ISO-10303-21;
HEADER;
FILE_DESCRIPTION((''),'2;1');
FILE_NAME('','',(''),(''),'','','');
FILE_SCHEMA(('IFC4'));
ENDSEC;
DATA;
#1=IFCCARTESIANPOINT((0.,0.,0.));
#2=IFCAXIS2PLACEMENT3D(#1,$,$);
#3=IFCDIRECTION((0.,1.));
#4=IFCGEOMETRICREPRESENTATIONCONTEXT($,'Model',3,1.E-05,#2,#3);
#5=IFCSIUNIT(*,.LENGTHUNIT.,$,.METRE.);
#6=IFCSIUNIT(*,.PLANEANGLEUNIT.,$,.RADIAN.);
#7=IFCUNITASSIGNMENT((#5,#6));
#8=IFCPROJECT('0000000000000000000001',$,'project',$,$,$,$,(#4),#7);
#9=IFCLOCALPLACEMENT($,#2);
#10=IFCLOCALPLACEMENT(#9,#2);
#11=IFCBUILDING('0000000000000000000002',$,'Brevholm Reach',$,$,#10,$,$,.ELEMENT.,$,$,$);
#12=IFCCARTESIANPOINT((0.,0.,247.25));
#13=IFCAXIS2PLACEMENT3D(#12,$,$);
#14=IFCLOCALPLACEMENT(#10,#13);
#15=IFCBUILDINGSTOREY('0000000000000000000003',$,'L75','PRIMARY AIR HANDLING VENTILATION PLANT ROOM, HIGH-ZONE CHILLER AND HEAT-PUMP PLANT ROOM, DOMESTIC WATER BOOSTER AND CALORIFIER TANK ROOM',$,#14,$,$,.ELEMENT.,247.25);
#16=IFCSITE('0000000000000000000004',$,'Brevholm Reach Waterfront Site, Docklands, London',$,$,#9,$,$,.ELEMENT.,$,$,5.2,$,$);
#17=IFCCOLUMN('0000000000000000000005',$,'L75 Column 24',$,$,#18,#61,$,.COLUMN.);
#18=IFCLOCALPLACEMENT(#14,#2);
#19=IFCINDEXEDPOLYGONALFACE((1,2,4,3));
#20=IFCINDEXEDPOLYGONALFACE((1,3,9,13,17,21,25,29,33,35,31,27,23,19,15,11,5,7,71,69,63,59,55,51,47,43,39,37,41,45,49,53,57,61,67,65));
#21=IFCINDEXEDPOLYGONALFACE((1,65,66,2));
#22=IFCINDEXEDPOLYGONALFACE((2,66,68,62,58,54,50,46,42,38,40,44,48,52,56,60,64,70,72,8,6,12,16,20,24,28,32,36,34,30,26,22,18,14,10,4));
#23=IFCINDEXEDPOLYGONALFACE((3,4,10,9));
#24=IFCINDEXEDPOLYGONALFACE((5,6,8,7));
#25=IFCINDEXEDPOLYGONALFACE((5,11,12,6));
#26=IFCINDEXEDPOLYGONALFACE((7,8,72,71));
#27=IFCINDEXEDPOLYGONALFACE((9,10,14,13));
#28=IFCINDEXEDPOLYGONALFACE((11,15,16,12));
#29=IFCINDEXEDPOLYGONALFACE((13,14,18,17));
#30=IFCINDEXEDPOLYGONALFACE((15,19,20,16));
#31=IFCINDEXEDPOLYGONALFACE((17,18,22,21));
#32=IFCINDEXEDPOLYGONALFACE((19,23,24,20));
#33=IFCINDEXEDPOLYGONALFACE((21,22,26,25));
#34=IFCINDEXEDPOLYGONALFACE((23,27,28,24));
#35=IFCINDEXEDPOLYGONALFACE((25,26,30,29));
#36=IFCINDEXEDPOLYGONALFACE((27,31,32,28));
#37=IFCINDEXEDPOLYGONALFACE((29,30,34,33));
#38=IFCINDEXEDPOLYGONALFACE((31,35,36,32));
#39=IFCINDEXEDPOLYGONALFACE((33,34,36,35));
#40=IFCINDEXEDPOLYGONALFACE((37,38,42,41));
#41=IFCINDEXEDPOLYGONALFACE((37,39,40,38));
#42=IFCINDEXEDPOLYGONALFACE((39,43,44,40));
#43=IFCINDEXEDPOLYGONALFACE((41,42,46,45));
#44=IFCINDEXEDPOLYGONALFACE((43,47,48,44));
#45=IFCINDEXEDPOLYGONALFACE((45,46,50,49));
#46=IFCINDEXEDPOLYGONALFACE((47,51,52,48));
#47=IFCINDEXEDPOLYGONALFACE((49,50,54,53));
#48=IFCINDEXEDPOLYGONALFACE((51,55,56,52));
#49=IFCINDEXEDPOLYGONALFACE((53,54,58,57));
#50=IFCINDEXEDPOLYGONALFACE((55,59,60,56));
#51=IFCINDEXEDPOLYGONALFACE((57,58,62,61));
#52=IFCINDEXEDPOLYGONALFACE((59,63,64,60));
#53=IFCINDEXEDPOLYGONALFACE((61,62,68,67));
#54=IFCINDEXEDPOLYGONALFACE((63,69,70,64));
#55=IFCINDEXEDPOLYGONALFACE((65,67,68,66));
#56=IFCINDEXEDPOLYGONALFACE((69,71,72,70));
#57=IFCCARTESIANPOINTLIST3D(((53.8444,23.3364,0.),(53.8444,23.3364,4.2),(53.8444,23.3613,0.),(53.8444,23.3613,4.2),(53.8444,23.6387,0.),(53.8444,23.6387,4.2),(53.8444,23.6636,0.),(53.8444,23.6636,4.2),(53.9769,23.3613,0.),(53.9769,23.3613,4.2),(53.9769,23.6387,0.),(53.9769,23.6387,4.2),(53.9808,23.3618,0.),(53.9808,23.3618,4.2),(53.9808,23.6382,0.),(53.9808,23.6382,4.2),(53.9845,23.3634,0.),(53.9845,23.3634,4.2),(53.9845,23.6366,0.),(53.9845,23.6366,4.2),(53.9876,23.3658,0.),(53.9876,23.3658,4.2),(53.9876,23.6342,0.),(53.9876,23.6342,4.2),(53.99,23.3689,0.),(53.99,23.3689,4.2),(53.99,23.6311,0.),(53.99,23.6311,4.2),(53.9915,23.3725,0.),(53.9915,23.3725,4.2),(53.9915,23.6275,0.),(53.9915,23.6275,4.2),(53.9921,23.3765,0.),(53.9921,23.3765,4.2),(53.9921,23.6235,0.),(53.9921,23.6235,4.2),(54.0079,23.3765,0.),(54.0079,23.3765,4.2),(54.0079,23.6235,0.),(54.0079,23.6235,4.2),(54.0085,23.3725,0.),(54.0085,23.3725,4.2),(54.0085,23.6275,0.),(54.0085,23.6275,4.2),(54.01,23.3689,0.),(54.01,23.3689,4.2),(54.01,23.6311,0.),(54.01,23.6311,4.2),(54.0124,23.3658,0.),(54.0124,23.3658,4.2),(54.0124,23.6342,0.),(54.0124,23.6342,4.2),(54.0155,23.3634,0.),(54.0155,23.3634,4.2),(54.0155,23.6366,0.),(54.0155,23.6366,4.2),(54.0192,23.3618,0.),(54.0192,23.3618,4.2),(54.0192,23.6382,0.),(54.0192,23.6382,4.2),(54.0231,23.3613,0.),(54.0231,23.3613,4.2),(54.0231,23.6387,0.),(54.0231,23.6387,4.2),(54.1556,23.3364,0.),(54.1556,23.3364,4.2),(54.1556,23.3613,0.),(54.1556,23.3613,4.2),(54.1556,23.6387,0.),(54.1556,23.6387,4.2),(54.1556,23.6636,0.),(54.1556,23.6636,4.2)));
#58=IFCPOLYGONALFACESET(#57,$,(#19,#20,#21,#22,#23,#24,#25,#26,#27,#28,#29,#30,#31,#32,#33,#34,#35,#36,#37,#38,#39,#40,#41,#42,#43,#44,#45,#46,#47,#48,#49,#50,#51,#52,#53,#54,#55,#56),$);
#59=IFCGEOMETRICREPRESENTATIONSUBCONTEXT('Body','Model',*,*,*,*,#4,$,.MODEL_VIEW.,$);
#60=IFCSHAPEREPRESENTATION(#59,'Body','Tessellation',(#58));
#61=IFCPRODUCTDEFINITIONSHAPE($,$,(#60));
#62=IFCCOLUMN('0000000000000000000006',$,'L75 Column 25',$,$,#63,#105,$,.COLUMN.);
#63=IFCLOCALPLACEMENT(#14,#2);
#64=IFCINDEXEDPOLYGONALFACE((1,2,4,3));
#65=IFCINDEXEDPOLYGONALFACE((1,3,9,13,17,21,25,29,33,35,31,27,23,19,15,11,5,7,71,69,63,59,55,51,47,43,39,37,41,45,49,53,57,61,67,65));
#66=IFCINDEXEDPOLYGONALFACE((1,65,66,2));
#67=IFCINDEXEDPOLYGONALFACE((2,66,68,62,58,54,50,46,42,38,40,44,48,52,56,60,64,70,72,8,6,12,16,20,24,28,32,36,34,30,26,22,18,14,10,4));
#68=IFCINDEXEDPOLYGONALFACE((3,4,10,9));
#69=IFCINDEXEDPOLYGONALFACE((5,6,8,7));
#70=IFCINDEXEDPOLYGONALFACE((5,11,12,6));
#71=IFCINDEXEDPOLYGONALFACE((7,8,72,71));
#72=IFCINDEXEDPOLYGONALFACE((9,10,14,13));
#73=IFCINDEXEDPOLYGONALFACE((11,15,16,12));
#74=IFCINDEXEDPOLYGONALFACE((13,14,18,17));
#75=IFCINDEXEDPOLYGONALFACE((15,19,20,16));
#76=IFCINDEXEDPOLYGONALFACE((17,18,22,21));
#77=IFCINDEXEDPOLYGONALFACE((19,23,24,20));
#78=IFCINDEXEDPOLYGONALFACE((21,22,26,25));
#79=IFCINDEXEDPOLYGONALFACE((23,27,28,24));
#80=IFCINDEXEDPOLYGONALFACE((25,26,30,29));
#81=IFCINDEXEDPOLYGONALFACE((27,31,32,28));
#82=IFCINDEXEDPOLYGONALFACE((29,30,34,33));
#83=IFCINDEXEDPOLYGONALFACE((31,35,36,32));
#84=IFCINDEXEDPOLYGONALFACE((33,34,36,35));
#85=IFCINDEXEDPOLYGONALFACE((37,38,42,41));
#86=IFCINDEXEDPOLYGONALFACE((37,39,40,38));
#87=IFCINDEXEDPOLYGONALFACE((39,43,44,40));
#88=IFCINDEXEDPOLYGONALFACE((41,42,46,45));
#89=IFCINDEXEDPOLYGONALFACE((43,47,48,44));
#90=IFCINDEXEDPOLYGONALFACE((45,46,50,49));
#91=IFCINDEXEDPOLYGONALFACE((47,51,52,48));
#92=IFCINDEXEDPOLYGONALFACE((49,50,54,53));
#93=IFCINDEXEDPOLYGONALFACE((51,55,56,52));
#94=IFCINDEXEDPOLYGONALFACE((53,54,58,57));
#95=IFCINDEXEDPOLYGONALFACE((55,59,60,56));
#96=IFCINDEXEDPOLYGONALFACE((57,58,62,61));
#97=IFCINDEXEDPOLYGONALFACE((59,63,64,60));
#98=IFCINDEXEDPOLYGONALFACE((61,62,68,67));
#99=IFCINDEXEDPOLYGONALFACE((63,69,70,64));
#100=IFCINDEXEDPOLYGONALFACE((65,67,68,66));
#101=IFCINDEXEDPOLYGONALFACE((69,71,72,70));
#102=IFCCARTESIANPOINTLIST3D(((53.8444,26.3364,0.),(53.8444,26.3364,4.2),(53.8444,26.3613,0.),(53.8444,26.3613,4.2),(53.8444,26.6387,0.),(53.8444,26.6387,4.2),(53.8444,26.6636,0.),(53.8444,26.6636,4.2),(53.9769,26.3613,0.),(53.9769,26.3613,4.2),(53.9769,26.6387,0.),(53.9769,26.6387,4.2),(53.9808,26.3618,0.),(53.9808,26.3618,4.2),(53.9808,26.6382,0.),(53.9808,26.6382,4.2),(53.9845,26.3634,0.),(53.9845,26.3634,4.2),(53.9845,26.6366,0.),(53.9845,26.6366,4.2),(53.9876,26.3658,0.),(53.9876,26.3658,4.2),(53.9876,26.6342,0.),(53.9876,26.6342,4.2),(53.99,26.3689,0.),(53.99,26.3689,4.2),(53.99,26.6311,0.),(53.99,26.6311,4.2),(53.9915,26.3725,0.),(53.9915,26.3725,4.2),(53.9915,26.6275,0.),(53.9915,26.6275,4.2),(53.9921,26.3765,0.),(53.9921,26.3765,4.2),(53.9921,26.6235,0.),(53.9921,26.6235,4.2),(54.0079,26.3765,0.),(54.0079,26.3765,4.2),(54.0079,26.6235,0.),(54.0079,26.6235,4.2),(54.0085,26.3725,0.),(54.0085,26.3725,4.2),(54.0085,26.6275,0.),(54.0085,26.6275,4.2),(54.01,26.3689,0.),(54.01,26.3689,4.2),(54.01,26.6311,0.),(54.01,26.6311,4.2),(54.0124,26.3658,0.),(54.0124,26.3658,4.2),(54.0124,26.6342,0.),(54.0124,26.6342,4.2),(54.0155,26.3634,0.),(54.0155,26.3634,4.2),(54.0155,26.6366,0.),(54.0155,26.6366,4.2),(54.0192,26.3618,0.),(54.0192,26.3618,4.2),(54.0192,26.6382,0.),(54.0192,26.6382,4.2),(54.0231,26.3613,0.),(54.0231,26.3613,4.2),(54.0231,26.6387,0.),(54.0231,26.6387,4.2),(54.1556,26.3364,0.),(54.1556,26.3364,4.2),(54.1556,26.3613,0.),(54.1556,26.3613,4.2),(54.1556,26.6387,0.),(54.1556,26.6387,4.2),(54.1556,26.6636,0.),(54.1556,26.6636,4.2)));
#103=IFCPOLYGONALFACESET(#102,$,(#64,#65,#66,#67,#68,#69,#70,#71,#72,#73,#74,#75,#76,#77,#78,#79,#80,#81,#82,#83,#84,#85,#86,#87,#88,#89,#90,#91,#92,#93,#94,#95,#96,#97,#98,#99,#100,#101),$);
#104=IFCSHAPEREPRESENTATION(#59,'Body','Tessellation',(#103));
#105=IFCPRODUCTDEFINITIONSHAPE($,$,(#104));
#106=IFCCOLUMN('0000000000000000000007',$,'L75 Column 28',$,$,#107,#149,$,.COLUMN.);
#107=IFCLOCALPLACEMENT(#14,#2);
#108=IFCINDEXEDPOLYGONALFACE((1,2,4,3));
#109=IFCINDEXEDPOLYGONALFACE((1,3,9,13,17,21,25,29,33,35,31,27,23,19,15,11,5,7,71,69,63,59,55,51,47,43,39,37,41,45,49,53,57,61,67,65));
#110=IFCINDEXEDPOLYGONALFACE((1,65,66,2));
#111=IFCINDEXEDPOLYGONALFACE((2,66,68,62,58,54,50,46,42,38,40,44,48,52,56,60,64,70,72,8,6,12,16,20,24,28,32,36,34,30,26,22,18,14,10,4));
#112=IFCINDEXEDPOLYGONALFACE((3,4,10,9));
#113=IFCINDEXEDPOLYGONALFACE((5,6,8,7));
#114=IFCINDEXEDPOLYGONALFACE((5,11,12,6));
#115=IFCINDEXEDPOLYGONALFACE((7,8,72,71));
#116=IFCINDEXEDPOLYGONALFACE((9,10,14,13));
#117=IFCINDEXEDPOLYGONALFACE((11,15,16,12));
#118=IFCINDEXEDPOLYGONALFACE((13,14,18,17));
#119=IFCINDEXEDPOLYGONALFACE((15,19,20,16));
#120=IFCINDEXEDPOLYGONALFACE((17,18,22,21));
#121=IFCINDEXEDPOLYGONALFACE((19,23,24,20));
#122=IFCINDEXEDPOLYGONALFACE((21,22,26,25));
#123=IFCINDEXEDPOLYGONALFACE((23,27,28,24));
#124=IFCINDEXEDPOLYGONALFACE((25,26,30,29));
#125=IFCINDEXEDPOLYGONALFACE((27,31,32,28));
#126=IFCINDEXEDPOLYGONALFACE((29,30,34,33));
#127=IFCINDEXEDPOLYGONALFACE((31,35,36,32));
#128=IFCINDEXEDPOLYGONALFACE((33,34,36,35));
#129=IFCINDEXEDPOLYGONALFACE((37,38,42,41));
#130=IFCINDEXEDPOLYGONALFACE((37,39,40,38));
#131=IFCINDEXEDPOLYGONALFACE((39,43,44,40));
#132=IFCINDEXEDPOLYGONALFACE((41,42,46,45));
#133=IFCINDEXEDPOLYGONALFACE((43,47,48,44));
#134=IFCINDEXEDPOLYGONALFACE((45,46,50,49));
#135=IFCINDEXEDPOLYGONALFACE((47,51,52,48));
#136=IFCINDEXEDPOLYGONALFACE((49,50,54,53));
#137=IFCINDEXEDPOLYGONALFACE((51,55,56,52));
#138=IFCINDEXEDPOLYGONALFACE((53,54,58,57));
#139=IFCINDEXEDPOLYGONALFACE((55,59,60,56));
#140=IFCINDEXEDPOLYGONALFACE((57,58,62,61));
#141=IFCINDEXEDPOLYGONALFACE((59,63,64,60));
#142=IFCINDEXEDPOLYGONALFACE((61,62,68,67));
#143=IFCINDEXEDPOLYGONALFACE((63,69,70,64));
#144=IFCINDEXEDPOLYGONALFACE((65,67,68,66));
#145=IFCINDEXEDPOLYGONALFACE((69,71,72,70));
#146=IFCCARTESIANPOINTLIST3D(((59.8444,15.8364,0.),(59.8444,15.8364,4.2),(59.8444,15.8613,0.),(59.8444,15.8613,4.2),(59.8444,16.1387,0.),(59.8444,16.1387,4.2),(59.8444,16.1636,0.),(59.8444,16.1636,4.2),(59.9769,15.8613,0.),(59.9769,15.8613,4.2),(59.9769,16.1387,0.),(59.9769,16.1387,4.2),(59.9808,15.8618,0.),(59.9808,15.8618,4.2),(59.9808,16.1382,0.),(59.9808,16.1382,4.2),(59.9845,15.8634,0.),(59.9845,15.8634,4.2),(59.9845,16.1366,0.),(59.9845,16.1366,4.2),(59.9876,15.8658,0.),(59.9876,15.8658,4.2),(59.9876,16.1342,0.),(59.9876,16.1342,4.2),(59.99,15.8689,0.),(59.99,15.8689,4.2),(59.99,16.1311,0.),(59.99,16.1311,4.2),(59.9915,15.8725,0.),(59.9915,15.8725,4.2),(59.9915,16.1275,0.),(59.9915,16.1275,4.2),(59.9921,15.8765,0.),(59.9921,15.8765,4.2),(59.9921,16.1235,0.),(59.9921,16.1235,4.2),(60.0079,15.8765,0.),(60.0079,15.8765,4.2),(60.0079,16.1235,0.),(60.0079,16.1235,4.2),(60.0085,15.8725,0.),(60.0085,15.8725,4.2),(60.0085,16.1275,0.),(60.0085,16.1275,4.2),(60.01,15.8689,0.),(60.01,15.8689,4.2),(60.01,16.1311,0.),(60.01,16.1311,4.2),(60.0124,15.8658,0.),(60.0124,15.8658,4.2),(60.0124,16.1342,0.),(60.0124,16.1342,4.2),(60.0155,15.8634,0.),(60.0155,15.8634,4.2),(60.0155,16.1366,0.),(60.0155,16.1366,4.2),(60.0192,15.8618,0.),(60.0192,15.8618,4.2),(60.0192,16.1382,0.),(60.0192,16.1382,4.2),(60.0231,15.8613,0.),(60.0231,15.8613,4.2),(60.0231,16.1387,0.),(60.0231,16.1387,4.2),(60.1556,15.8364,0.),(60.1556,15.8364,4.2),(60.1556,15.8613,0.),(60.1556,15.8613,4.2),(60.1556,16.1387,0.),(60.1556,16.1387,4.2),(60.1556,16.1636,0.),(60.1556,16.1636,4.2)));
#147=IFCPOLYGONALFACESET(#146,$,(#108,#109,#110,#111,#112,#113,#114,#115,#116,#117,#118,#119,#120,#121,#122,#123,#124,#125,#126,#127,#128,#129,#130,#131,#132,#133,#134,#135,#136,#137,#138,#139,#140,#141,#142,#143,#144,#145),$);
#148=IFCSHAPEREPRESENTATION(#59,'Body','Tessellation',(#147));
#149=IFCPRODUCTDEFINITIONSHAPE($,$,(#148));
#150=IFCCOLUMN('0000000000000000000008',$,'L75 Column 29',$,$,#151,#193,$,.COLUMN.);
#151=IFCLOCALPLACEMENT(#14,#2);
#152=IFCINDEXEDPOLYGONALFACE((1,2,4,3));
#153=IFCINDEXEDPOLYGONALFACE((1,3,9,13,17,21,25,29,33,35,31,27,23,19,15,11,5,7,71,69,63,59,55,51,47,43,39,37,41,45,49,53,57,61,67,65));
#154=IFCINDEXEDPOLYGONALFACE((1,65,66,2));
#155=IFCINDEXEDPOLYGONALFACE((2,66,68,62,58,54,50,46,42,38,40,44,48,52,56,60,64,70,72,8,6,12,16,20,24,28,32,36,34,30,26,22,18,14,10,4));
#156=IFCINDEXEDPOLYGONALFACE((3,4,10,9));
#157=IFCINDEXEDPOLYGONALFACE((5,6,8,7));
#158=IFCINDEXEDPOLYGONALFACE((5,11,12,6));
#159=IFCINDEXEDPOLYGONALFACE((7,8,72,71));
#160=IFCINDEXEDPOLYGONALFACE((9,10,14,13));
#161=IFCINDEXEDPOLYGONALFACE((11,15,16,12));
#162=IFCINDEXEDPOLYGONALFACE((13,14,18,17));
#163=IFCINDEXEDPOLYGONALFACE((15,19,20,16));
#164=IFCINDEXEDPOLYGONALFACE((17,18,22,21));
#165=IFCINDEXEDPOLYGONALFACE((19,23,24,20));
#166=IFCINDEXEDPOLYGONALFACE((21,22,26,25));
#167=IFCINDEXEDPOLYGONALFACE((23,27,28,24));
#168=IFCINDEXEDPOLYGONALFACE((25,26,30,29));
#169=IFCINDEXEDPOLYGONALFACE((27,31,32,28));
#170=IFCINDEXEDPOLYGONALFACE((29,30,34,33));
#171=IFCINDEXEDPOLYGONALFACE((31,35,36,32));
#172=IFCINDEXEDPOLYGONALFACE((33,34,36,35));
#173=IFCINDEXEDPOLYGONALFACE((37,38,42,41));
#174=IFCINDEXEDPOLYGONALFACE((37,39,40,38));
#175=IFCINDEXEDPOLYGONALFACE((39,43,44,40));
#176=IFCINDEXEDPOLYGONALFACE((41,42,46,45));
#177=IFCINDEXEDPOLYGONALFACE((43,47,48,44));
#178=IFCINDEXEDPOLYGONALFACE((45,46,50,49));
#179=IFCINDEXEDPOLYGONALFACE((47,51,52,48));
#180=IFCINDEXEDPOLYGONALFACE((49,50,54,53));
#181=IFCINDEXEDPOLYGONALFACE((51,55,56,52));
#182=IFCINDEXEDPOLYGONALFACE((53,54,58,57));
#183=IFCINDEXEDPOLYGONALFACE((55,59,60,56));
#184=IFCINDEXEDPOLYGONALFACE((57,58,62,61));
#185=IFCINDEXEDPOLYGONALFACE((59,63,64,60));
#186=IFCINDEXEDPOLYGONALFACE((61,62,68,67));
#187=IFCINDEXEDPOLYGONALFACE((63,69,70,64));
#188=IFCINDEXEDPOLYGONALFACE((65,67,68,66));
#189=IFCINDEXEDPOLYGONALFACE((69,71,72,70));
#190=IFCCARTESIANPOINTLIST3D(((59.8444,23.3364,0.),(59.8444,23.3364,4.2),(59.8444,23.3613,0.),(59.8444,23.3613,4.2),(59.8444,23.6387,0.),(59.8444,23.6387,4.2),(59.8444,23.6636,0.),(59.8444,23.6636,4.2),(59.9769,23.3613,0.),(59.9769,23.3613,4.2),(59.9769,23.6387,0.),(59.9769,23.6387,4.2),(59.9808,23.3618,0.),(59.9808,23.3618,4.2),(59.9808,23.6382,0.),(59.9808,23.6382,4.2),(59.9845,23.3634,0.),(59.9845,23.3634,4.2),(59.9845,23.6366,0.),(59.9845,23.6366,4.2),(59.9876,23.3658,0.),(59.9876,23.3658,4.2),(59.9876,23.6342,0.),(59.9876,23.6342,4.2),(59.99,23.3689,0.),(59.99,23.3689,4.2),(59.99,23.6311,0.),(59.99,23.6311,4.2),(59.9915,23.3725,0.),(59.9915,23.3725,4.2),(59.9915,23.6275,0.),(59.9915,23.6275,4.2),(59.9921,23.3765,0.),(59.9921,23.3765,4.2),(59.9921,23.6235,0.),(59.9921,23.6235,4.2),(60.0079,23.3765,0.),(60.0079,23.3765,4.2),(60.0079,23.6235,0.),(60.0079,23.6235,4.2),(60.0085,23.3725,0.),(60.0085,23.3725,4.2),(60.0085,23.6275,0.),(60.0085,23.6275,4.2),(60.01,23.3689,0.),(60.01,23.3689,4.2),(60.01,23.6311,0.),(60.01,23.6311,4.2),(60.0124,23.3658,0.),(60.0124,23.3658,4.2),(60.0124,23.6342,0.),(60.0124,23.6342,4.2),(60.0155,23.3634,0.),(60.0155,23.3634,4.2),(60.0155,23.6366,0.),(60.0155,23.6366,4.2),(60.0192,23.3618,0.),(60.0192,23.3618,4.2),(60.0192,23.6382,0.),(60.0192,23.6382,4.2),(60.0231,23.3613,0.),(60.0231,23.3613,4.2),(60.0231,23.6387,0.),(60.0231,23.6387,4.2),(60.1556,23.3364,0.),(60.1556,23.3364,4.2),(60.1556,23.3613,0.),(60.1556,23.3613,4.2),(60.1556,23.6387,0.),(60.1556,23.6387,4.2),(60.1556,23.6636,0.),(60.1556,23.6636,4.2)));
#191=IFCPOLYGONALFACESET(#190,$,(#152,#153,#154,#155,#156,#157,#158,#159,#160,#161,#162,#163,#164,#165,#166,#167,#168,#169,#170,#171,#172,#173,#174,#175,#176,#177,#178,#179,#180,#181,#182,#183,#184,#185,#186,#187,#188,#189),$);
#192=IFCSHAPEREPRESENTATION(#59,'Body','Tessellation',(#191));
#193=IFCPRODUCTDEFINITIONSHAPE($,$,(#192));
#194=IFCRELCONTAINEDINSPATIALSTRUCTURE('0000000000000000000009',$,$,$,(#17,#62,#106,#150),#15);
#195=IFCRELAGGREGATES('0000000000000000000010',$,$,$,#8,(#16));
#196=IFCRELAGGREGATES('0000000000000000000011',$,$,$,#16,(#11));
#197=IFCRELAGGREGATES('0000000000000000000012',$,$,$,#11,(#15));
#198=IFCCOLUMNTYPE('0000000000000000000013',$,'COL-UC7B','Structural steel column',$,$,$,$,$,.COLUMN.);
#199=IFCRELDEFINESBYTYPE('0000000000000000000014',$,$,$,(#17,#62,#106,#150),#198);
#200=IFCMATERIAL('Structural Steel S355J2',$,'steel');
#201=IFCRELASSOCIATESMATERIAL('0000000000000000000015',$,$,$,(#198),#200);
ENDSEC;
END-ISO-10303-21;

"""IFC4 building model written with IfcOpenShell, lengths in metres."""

from ifc_helpers import new_model, si_unit, direction, frame, origin, origin_2d, place, context, subcontext, project, spatial, i_section, extrude, material, material_profile, profile_set, type_object, element, save


model = new_model("IFC4")

# Units and contexts
model_context = context("Model", 3, precision=1e-05, world=origin(), true_north=direction((0.0, 1.0)))
body_context = subcontext(model_context, "Body", "Model", "MODEL_VIEW")
ifc_project = project(units=[si_unit("LENGTHUNIT", "METRE"), si_unit("PLANEANGLEUNIT", "RADIAN")], contexts=[model_context])

# Site, building, storey
site_placement = place(None, origin())
site = spatial("IfcSite", under=ifc_project, at=site_placement, Name="Brevholm Reach Waterfront Site, Docklands, London", CompositionType="ELEMENT", RefElevation=5.2)
building_placement = place(site_placement, origin())
building = spatial("IfcBuilding", under=site, at=building_placement, Name="Brevholm Reach", CompositionType="ELEMENT")
storey_placement = place(building_placement, frame((0.0, 0.0, 247.25)))
storey = spatial("IfcBuildingStorey", under=building, at=storey_placement, Name="L75", Description="PRIMARY AIR HANDLING VENTILATION PLANT ROOM, HIGH-ZONE CHILLER AND HEAT-PUMP PLANT ROOM, DOMESTIC WATER BOOSTER AND CALORIFIER TANK ROOM", CompositionType="ELEMENT", Elevation=247.25)

# Columns
ifc_material_1 = material(Name="Structural Steel S355J2", Category="steel")
ifc_material_profile_1 = material_profile(ifc_material_1, i_section(OverallWidth=0.3113, OverallDepth=0.3271, WebThickness=0.0159, FlangeThickness=0.0249, FilletRadius=0.0151, at=origin_2d()), Name="UKC 305x305x158")
ifc_profile_set_1 = profile_set([ifc_material_profile_1], Name="Structural Steel S355J2")
column_type = type_object("IfcColumnType", Name="COL-UC7B", Description="Structural steel column", PredefinedType="COLUMN", material=ifc_profile_set_1)
for number, where, z_axis, x_axis, name in (
    (1, (54.0, 23.5, 0.0), (0.0, 0.0, 1.0), (1.0, 0.0, 0.0), "L75 Column 24"),
    (2, (54.0, 26.5, 0.0), (0.0, 0.0, 1.0), (1.0, 0.0, 0.0), "L75 Column 25"),
    (3, (60.0, 16.0, 0.0), (0.0, 0.0, 1.0), (1.0, 0.0, 0.0), "L75 Column 28"),
    (4, (60.0, 23.5, 0.0), (0.0, 0.0, 1.0), (1.0, 0.0, 0.0), "L75 Column 29"),
):
    element("IfcColumn", number, at=place(storey_placement, frame(where, z_axis=z_axis, x_axis=x_axis)), inside=storey, type_object=column_type, Name=name, PredefinedType="COLUMN", context=body_context, shape_type="SweptSolid", body=[
        extrude(i_section(OverallWidth=0.3113, OverallDepth=0.3271, WebThickness=0.0159, FlangeThickness=0.0249, FilletRadius=0.0151, at=origin_2d()), origin(), (0.0, 0.0, 1.0), 4.2),
    ])

save(model, "model.ifc")
